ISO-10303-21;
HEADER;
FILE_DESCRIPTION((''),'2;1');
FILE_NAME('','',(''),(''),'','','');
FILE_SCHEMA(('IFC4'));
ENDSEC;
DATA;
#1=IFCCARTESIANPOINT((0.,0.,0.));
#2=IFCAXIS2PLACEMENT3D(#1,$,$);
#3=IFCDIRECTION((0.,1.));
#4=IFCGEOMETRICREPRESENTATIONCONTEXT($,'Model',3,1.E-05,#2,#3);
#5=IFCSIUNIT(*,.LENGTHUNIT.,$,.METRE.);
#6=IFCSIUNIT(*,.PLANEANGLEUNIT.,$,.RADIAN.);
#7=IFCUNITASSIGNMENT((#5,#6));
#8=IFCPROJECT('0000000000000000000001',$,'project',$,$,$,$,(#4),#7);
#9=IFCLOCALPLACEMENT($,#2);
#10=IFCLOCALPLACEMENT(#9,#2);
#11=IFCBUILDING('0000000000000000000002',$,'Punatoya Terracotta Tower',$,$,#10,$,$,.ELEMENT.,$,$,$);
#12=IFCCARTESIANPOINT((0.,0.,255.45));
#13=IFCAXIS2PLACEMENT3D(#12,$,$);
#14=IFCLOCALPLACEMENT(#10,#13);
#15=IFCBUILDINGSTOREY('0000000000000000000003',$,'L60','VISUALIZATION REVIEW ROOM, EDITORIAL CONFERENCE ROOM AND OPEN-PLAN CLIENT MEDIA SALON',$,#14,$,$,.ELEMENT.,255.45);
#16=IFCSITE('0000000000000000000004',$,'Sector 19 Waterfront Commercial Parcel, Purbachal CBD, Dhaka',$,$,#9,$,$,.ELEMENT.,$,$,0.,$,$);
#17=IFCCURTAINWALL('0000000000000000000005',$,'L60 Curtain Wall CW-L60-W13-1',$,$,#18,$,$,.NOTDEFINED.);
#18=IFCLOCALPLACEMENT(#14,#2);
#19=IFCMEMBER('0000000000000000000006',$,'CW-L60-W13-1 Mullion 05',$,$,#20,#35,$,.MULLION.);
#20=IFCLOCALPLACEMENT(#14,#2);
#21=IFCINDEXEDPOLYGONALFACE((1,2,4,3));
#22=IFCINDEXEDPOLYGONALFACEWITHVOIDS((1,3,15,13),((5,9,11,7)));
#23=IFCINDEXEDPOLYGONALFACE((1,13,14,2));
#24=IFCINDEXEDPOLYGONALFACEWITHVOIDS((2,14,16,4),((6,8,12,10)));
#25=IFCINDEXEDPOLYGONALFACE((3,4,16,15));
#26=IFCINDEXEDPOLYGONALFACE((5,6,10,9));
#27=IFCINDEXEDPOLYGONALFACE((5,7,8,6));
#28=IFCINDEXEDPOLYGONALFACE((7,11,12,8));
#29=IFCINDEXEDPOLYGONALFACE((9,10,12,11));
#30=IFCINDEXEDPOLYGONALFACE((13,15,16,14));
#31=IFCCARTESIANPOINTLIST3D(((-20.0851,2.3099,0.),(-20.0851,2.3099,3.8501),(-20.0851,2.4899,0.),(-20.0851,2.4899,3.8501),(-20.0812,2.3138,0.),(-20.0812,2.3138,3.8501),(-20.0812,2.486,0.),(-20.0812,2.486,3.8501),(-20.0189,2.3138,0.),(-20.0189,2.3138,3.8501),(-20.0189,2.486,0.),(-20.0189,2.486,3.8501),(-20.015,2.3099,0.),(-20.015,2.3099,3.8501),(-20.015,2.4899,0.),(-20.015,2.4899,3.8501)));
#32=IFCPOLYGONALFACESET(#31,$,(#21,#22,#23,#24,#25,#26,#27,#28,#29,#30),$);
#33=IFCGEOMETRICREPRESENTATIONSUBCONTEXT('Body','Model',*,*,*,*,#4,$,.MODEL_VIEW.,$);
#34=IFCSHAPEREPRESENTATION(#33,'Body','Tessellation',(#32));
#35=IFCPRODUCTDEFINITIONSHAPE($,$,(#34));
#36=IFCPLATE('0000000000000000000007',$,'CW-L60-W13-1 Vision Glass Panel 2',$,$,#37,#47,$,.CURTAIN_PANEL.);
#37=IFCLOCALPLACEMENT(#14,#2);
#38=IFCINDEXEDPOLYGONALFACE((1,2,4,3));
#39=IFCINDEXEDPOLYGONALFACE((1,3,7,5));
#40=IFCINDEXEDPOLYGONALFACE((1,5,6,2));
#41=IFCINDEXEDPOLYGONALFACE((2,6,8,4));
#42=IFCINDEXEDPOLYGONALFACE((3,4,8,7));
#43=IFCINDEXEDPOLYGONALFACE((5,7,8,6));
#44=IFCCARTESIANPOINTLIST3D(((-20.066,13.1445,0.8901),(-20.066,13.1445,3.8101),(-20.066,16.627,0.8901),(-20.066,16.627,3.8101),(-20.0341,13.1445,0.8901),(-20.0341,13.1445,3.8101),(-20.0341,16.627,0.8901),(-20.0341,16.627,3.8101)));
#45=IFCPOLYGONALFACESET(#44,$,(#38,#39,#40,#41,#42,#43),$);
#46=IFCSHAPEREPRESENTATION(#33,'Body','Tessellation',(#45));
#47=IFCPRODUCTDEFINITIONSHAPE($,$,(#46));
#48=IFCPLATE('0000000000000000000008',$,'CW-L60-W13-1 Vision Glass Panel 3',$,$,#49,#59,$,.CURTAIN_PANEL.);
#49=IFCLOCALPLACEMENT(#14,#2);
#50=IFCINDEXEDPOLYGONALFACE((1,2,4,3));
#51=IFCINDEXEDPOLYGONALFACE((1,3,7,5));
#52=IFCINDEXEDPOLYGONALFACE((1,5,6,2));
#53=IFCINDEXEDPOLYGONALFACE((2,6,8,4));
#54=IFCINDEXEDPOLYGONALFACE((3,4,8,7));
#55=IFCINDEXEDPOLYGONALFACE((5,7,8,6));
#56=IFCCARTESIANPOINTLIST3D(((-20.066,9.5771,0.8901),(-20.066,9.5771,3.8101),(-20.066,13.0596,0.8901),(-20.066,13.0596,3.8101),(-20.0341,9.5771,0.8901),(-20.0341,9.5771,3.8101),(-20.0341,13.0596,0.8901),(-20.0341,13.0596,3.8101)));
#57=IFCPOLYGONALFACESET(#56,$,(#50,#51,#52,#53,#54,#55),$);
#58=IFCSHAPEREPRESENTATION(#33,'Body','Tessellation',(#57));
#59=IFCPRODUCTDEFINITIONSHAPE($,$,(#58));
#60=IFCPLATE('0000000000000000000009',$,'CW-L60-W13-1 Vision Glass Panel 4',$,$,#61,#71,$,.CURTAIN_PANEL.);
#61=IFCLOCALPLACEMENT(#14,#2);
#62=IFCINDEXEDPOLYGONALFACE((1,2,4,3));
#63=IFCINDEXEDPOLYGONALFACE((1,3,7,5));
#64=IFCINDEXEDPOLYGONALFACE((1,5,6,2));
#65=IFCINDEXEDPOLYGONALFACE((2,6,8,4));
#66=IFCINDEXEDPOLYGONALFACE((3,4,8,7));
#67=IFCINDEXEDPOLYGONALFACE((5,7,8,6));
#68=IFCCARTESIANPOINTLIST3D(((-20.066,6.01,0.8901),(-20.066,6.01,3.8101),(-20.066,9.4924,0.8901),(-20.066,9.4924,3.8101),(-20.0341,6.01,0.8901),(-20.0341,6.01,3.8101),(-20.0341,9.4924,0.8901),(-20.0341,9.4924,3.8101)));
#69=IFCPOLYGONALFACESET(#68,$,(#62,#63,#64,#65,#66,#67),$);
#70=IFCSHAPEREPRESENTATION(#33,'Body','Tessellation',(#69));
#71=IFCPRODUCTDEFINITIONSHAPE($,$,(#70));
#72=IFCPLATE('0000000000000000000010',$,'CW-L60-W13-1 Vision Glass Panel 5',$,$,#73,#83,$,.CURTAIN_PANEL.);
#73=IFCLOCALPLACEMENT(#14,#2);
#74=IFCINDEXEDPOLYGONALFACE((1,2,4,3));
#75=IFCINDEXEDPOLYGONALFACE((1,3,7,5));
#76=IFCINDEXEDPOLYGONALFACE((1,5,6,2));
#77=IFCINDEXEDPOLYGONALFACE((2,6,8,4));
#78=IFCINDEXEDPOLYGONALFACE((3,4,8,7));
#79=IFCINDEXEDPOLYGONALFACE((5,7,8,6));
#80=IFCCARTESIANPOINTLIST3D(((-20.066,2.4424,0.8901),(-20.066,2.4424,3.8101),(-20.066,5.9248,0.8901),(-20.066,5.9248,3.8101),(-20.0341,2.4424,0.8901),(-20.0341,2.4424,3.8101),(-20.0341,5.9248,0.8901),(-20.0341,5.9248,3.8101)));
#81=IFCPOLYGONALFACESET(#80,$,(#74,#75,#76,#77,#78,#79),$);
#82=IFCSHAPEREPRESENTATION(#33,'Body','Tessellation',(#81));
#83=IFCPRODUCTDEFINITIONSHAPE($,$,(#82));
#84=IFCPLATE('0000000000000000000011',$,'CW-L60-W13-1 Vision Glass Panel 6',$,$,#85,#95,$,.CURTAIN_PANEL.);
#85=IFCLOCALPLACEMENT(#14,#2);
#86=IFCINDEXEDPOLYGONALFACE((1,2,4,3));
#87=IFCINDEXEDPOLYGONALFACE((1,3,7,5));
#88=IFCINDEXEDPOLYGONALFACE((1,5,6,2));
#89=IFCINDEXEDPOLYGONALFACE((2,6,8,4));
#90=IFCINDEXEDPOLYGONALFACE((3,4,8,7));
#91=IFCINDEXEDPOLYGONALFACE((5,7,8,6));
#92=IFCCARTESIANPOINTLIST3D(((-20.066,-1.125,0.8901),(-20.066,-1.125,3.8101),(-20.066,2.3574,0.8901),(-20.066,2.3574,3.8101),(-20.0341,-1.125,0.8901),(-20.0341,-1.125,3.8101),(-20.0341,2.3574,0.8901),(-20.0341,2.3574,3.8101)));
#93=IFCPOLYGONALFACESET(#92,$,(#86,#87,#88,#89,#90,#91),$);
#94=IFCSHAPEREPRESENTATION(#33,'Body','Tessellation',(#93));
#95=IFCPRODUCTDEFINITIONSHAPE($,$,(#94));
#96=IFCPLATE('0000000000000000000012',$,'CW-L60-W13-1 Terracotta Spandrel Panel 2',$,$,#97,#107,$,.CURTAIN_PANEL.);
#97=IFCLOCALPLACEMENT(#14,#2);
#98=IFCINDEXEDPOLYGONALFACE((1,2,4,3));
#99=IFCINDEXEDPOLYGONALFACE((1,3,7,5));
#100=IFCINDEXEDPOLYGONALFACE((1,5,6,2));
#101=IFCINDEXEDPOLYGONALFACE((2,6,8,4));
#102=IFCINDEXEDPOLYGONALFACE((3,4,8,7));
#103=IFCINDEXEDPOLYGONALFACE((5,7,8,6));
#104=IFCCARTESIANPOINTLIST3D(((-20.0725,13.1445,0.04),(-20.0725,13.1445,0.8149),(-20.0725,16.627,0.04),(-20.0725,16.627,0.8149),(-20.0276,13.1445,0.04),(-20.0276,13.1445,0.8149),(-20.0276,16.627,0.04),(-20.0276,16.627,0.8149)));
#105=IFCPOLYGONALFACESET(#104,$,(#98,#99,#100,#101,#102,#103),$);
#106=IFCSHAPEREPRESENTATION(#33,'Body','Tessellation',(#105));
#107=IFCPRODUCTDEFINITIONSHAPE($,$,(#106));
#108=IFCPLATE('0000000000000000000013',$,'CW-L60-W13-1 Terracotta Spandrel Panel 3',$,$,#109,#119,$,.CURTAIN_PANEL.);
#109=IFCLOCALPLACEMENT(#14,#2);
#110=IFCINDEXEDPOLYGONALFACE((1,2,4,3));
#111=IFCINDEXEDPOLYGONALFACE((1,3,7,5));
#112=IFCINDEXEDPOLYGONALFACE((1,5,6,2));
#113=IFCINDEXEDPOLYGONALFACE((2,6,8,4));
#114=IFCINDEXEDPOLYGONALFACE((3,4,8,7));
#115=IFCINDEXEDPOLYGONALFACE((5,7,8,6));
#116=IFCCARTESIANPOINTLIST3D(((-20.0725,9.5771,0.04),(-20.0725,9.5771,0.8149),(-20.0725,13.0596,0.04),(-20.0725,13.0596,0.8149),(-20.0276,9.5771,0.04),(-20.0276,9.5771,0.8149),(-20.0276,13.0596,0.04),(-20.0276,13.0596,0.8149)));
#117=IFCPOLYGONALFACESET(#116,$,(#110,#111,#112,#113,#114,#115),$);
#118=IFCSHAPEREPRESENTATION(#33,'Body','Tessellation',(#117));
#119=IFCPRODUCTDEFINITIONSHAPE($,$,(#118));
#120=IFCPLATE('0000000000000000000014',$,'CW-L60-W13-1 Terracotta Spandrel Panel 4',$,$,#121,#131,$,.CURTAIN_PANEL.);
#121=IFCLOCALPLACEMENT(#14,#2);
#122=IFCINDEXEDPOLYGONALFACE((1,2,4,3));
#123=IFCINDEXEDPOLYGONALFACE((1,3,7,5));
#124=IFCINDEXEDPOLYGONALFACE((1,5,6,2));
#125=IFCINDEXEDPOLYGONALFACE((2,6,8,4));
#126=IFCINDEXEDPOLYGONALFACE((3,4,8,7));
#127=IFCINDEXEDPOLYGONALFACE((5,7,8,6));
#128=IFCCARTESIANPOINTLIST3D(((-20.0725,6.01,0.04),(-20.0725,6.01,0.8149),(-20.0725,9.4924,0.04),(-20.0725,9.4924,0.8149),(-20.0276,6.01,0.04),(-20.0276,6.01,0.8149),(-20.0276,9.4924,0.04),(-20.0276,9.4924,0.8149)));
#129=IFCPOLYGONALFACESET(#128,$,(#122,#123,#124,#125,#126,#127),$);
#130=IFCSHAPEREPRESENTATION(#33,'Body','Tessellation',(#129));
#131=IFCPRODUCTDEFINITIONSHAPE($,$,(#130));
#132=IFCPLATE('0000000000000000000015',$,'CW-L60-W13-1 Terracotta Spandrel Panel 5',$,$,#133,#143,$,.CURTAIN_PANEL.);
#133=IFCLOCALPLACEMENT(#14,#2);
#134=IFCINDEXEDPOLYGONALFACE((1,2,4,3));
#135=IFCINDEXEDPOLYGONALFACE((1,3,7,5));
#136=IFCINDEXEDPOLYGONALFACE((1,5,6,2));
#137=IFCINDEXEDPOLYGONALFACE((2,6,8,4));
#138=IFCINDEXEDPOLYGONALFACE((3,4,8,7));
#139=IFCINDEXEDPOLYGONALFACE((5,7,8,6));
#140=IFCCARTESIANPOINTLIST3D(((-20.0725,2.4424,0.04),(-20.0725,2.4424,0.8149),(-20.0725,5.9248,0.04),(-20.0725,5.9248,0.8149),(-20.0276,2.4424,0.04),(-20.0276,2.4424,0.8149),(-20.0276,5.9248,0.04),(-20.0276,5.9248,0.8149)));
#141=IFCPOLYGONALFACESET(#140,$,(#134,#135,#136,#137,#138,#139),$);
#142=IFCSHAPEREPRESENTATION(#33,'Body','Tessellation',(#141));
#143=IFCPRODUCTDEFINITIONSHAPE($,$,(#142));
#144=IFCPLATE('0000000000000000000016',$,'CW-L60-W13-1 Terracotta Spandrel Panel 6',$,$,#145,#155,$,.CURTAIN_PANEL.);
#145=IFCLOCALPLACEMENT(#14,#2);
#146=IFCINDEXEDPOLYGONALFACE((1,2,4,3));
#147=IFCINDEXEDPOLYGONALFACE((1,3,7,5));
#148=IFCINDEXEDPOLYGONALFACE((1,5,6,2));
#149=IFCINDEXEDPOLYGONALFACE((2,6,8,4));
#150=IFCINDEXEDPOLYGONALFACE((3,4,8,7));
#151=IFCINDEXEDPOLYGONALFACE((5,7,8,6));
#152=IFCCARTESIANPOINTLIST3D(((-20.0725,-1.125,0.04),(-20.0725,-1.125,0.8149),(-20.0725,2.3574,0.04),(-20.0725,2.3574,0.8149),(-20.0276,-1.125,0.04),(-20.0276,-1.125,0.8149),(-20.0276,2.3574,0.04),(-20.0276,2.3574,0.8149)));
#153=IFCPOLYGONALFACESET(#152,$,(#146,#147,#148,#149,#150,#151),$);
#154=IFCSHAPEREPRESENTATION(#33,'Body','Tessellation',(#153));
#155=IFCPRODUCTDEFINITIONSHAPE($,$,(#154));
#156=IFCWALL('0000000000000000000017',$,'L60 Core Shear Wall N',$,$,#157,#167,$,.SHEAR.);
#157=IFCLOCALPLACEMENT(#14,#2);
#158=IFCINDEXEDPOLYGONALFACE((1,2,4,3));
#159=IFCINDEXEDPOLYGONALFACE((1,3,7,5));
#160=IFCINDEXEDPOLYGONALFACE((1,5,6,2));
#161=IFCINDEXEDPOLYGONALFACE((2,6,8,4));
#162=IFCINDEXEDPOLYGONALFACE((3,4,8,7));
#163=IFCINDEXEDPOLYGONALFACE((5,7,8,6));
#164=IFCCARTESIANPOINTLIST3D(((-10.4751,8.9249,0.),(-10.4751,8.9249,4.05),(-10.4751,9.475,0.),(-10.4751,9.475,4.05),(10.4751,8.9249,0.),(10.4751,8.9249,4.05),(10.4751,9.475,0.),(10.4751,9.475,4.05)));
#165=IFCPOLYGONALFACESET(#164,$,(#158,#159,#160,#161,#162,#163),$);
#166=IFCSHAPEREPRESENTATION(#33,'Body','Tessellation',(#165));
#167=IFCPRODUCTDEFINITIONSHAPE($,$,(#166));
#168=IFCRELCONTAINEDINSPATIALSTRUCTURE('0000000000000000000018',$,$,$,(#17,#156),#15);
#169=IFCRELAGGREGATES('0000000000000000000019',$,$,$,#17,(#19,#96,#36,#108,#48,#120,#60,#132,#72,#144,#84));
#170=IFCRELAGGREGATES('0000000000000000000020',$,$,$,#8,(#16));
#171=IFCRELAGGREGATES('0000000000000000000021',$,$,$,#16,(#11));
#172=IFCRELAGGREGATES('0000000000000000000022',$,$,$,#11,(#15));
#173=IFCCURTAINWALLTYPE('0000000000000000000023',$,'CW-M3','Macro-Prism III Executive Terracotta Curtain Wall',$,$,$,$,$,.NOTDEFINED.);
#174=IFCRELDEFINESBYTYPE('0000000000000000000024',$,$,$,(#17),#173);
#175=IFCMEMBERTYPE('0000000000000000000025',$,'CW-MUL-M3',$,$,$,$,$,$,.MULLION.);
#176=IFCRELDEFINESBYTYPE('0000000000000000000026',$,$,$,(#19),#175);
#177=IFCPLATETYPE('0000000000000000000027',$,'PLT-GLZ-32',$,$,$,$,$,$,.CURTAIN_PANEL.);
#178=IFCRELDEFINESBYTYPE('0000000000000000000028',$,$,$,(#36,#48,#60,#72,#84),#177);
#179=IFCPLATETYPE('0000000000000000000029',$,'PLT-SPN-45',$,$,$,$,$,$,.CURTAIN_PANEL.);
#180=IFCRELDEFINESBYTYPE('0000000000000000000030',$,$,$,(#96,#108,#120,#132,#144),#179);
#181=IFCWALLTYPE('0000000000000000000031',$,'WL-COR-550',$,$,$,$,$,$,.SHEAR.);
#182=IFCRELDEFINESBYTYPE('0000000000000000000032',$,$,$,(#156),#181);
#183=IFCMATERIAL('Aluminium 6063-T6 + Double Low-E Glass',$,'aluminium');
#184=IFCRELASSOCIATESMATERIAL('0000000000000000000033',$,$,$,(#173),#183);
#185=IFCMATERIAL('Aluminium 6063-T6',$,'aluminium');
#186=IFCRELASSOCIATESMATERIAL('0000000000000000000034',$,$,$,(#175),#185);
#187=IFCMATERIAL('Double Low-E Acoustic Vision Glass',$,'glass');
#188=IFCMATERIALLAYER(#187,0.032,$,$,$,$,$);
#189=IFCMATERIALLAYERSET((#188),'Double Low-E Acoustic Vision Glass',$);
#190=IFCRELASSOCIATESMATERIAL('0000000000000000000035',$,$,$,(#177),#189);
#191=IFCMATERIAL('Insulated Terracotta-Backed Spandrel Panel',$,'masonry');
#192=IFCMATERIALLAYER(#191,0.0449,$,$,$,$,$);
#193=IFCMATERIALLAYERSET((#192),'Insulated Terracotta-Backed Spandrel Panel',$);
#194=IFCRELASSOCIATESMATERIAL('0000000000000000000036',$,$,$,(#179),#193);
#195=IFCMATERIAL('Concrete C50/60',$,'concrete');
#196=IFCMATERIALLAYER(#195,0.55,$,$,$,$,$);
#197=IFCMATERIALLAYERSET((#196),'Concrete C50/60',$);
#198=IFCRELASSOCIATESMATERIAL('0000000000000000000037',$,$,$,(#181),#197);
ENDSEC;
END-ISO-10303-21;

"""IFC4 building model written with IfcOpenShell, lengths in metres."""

from ifc_helpers import new_model, si_unit, direction, frame, frame_2d, origin, origin_2d, place, context, subcontext, project, spatial, rectangle, hollow_rectangle, extrude, material, layer, layer_set, material_profile, profile_set, type_object, element, aggregate, save


model = new_model("IFC4")

# Units and contexts
model_context = context("Model", 3, precision=1e-05, world=origin(), true_north=direction((0.0, 1.0)))
body_context = subcontext(model_context, "Body", "Model", "MODEL_VIEW")
ifc_project = project(units=[si_unit("LENGTHUNIT", "METRE"), si_unit("PLANEANGLEUNIT", "RADIAN")], contexts=[model_context])

# Site, building, storey
site_placement = place(None, origin())
site = spatial("IfcSite", under=ifc_project, at=site_placement, Name="Sector 19 Waterfront Commercial Parcel, Purbachal CBD, Dhaka", CompositionType="ELEMENT", RefElevation=0.0)
building_placement = place(site_placement, origin())
building = spatial("IfcBuilding", under=site, at=building_placement, Name="Punatoya Terracotta Tower", CompositionType="ELEMENT")
storey_placement = place(building_placement, frame((0.0, 0.0, 255.45)))
storey = spatial("IfcBuildingStorey", under=building, at=storey_placement, Name="L60", Description="VISUALIZATION REVIEW ROOM, EDITORIAL CONFERENCE ROOM AND OPEN-PLAN CLIENT MEDIA SALON", CompositionType="ELEMENT", Elevation=255.45)

# Curtain wall, member, plates
ifc_material_1 = material(Name="Aluminium 6063-T6 + Double Low-E Glass", Category="aluminium")
curtain_wall_type = type_object("IfcCurtainWallType", Name="CW-M3", Description="Macro-Prism III Executive Terracotta Curtain Wall", PredefinedType="NOTDEFINED", material=ifc_material_1)
curtain_wall_placement = place(storey_placement, origin())
curtain_wall = element("IfcCurtainWall", 1, at=curtain_wall_placement, inside=storey, type_object=curtain_wall_type, Name="L60 Curtain Wall CW-L60-W13-1", PredefinedType="NOTDEFINED")
ifc_material_2 = material(Name="Aluminium 6063-T6", Category="aluminium")
ifc_material_profile_1 = material_profile(ifc_material_2, hollow_rectangle(XDim=0.0701, YDim=0.1799, WallThickness=0.0039, at=origin_2d()))
ifc_profile_set_1 = profile_set([ifc_material_profile_1], Name="Aluminium 6063-T6")
member_type = type_object("IfcMemberType", Name="CW-MUL-M3", PredefinedType="MULLION", material=ifc_profile_set_1)
member_1_placement = place(storey_placement, frame((-20.05, 2.3999, 0.0), z_axis=(0.0, 0.0, 1.0), x_axis=(1.0, 0.0, 0.0)))
member_1 = element("IfcMember", 2, at=member_1_placement, type_object=member_type, Name="CW-L60-W13-1 Mullion 05", PredefinedType="MULLION", context=body_context, shape_type="SweptSolid", body=[
    extrude(hollow_rectangle(XDim=0.0701, YDim=0.1799, WallThickness=0.0039, at=origin_2d()), origin(), (0.0, 0.0, 1.0), 3.8501),
])
ifc_material_3 = material(Name="Double Low-E Acoustic Vision Glass", Category="glass")
ifc_layer_1 = layer(ifc_material_3, 0.032)
ifc_layer_set_1 = layer_set([ifc_layer_1], Name="Double Low-E Acoustic Vision Glass")
plate_type_1 = type_object("IfcPlateType", Name="PLT-GLZ-32", PredefinedType="CURTAIN_PANEL", material=ifc_layer_set_1)
plate_1_placement = place(storey_placement, frame((-20.05, 14.8857, 0.8901), z_axis=(0.0, 0.0, 1.0), x_axis=(0.0, -1.0, 0.0)))
plate_1 = element("IfcPlate", 3, at=plate_1_placement, type_object=plate_type_1, Name="CW-L60-W13-1 Vision Glass Panel 2", PredefinedType="CURTAIN_PANEL", context=body_context, shape_type="SweptSolid", body=[
    extrude(rectangle(XDim=3.4824, YDim=0.032, at=origin_2d()), origin(), (0.0, 0.0, 1.0), 2.9199),
])
plate_2_placement = place(storey_placement, frame((-20.05, 11.3184, 0.8901), z_axis=(0.0, 0.0, 1.0), x_axis=(0.0, -1.0, 0.0)))
plate_2 = element("IfcPlate", 4, at=plate_2_placement, type_object=plate_type_1, Name="CW-L60-W13-1 Vision Glass Panel 3", PredefinedType="CURTAIN_PANEL", context=body_context, shape_type="SweptSolid", body=[
    extrude(rectangle(XDim=3.4824, YDim=0.032, at=origin_2d()), origin(), (0.0, 0.0, 1.0), 2.9199),
])
plate_3_placement = place(storey_placement, frame((-20.05, 7.7512, 0.8901), z_axis=(0.0, 0.0, 1.0), x_axis=(0.0, -1.0, 0.0)))
plate_3 = element("IfcPlate", 5, at=plate_3_placement, type_object=plate_type_1, Name="CW-L60-W13-1 Vision Glass Panel 4", PredefinedType="CURTAIN_PANEL", context=body_context, shape_type="SweptSolid", body=[
    extrude(rectangle(XDim=3.4824, YDim=0.032, at=origin_2d()), origin(), (0.0, 0.0, 1.0), 2.9199),
])
plate_4_placement = place(storey_placement, frame((-20.05, 4.1836, 0.8901), z_axis=(0.0, 0.0, 1.0), x_axis=(0.0, -1.0, 0.0)))
plate_4 = element("IfcPlate", 6, at=plate_4_placement, type_object=plate_type_1, Name="CW-L60-W13-1 Vision Glass Panel 5", PredefinedType="CURTAIN_PANEL", context=body_context, shape_type="SweptSolid", body=[
    extrude(rectangle(XDim=3.4824, YDim=0.032, at=origin_2d()), origin(), (0.0, 0.0, 1.0), 2.9199),
])
plate_5_placement = place(storey_placement, frame((-20.05, 0.6162, 0.8901), z_axis=(0.0, 0.0, 1.0), x_axis=(0.0, -1.0, 0.0)))
plate_5 = element("IfcPlate", 7, at=plate_5_placement, type_object=plate_type_1, Name="CW-L60-W13-1 Vision Glass Panel 6", PredefinedType="CURTAIN_PANEL", context=body_context, shape_type="SweptSolid", body=[
    extrude(rectangle(XDim=3.4824, YDim=0.032, at=origin_2d()), origin(), (0.0, 0.0, 1.0), 2.9199),
])
ifc_material_4 = material(Name="Insulated Terracotta-Backed Spandrel Panel", Category="masonry")
ifc_layer_2 = layer(ifc_material_4, 0.0449)
ifc_layer_set_2 = layer_set([ifc_layer_2], Name="Insulated Terracotta-Backed Spandrel Panel")
plate_type_2 = type_object("IfcPlateType", Name="PLT-SPN-45", PredefinedType="CURTAIN_PANEL", material=ifc_layer_set_2)
plate_6_placement = place(storey_placement, frame((-20.05, 14.8857, 0.04), z_axis=(0.0, 0.0, 1.0), x_axis=(0.0, -1.0, 0.0)))
plate_6 = element("IfcPlate", 8, at=plate_6_placement, type_object=plate_type_2, Name="CW-L60-W13-1 Terracotta Spandrel Panel 2", PredefinedType="CURTAIN_PANEL", context=body_context, shape_type="SweptSolid", body=[
    extrude(rectangle(XDim=3.4824, YDim=0.0449, at=origin_2d()), origin(), (0.0, 0.0, 1.0), 0.7749),
])
plate_7_placement = place(storey_placement, frame((-20.05, 11.3184, 0.04), z_axis=(0.0, 0.0, 1.0), x_axis=(0.0, -1.0, 0.0)))
plate_7 = element("IfcPlate", 9, at=plate_7_placement, type_object=plate_type_2, Name="CW-L60-W13-1 Terracotta Spandrel Panel 3", PredefinedType="CURTAIN_PANEL", context=body_context, shape_type="SweptSolid", body=[
    extrude(rectangle(XDim=3.4824, YDim=0.0449, at=origin_2d()), origin(), (0.0, 0.0, 1.0), 0.7749),
])
plate_8_placement = place(storey_placement, frame((-20.05, 7.7512, 0.04), z_axis=(0.0, 0.0, 1.0), x_axis=(0.0, -1.0, 0.0)))
plate_8 = element("IfcPlate", 10, at=plate_8_placement, type_object=plate_type_2, Name="CW-L60-W13-1 Terracotta Spandrel Panel 4", PredefinedType="CURTAIN_PANEL", context=body_context, shape_type="SweptSolid", body=[
    extrude(rectangle(XDim=3.4824, YDim=0.0449, at=origin_2d()), origin(), (0.0, 0.0, 1.0), 0.7749),
])
plate_9_placement = place(storey_placement, frame((-20.05, 4.1836, 0.04), z_axis=(0.0, 0.0, 1.0), x_axis=(0.0, -1.0, 0.0)))
plate_9 = element("IfcPlate", 11, at=plate_9_placement, type_object=plate_type_2, Name="CW-L60-W13-1 Terracotta Spandrel Panel 5", PredefinedType="CURTAIN_PANEL", context=body_context, shape_type="SweptSolid", body=[
    extrude(rectangle(XDim=3.4824, YDim=0.0449, at=origin_2d()), origin(), (0.0, 0.0, 1.0), 0.7749),
])
plate_10_placement = place(storey_placement, frame((-20.05, 0.6162, 0.04), z_axis=(0.0, 0.0, 1.0), x_axis=(0.0, -1.0, 0.0)))
plate_10 = element("IfcPlate", 12, at=plate_10_placement, type_object=plate_type_2, Name="CW-L60-W13-1 Terracotta Spandrel Panel 6", PredefinedType="CURTAIN_PANEL", context=body_context, shape_type="SweptSolid", body=[
    extrude(rectangle(XDim=3.4824, YDim=0.0449, at=origin_2d()), origin(), (0.0, 0.0, 1.0), 0.7749),
])
aggregate(curtain_wall, [member_1, plate_6, plate_1, plate_7, plate_2, plate_8, plate_3, plate_9, plate_4, plate_10, plate_5])

# Wall
ifc_material_5 = material(Name="Concrete C50/60", Category="concrete")
ifc_layer_3 = layer(ifc_material_5, 0.55)
ifc_layer_set_3 = layer_set([ifc_layer_3], Name="Concrete C50/60")
wall_type_1 = type_object("IfcWallType", Name="WL-COR-550", PredefinedType="SHEAR", material=ifc_layer_set_3)
wall_1_placement = place(storey_placement, frame((-10.4751, 9.2, 0.0), z_axis=(0.0, 0.0, 1.0), x_axis=(1.0, 0.0, 0.0)))
element("IfcWall", 13, at=wall_1_placement, inside=storey, type_object=wall_type_1, Name="L60 Core Shear Wall N", PredefinedType="SHEAR", context=body_context, shape_type="SweptSolid", body=[
    extrude(rectangle(XDim=20.9502, YDim=0.55, at=frame_2d((10.4751, 0.0))), origin(), (0.0, 0.0, 1.0), 4.05),
])

save(model, "model.ifc")
